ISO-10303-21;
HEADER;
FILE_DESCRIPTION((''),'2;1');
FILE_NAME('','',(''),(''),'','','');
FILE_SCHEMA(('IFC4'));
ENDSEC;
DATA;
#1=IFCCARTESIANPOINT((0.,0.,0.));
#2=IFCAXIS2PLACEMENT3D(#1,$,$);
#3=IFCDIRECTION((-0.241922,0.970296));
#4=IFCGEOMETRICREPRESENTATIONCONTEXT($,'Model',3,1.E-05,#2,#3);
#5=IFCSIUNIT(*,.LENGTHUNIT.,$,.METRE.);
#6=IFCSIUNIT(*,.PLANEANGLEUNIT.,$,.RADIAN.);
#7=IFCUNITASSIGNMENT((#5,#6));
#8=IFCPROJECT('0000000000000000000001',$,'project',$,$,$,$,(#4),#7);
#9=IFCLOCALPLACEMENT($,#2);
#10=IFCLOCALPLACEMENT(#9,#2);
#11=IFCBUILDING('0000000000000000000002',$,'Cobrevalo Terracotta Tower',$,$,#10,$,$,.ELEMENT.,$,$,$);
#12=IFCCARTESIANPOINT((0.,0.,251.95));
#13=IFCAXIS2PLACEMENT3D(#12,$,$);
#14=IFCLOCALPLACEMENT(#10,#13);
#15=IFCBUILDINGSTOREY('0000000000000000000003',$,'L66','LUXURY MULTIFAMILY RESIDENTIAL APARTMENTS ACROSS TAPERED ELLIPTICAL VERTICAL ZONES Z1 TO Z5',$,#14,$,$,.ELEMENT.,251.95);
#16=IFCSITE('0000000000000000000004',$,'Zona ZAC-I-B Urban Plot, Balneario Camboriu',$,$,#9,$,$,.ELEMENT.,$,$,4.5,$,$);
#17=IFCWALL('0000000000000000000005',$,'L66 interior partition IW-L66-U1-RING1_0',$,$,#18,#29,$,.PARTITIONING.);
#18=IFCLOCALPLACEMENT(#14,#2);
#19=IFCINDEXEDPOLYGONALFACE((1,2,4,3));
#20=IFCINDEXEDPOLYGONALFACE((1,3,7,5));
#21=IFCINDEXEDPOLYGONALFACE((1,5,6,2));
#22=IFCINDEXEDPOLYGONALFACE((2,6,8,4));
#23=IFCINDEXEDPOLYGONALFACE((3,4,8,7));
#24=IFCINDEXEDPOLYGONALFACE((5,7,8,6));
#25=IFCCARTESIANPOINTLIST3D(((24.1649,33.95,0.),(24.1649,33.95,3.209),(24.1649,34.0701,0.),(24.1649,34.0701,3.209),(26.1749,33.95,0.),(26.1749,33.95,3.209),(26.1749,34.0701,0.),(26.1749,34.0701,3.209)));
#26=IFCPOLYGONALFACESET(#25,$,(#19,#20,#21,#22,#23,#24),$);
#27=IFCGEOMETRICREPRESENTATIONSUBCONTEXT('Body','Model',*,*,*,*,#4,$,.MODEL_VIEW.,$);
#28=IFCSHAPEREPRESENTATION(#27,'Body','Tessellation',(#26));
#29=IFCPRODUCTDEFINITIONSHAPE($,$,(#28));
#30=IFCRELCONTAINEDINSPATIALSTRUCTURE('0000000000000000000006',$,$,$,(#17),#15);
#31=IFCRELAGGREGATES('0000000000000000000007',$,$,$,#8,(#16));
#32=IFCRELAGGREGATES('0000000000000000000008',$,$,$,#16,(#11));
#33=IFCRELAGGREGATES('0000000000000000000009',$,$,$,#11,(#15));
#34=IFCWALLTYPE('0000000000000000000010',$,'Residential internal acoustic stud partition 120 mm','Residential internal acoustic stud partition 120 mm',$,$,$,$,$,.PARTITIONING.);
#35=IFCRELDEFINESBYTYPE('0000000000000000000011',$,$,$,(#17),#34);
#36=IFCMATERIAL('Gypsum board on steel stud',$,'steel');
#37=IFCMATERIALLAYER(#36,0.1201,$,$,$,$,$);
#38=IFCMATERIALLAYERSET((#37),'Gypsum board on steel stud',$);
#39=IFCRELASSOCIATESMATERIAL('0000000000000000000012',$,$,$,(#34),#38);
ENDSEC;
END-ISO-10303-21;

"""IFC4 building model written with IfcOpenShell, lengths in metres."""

from ifc_helpers import new_model, si_unit, direction, frame, frame_2d, origin, place, context, subcontext, project, spatial, rectangle, extrude, material, layer, layer_set, type_object, element, save


model = new_model("IFC4")

# Units and contexts
model_context = context("Model", 3, precision=1e-05, world=origin(), true_north=direction((-0.241922, 0.970296)))
body_context = subcontext(model_context, "Body", "Model", "MODEL_VIEW")
ifc_project = project(units=[si_unit("LENGTHUNIT", "METRE"), si_unit("PLANEANGLEUNIT", "RADIAN")], contexts=[model_context])

# Site, building, storey
site_placement = place(None, origin())
site = spatial("IfcSite", under=ifc_project, at=site_placement, Name="Zona ZAC-I-B Urban Plot, Balneario Camboriu", CompositionType="ELEMENT", RefElevation=4.5)
building_placement = place(site_placement, origin())
building = spatial("IfcBuilding", under=site, at=building_placement, Name="Cobrevalo Terracotta Tower", CompositionType="ELEMENT")
storey_placement = place(building_placement, frame((0.0, 0.0, 251.95)))
storey = spatial("IfcBuildingStorey", under=building, at=storey_placement, Name="L66", Description="LUXURY MULTIFAMILY RESIDENTIAL APARTMENTS ACROSS TAPERED ELLIPTICAL VERTICAL ZONES Z1 TO Z5", CompositionType="ELEMENT", Elevation=251.95)

# Wall
ifc_material_1 = material(Name="Gypsum board on steel stud", Category="steel")
ifc_layer_1 = layer(ifc_material_1, 0.1201)
ifc_layer_set_1 = layer_set([ifc_layer_1], Name="Gypsum board on steel stud")
wall_type = type_object("IfcWallType", Name="Residential internal acoustic stud partition 120 mm", Description="Residential internal acoustic stud partition 120 mm", PredefinedType="PARTITIONING", material=ifc_layer_set_1)
wall_placement = place(storey_placement, frame((24.165, 34.01, 0.0), z_axis=(0.0, 0.0, 1.0), x_axis=(1.0, 0.0, 0.0)))
element("IfcWall", 1, at=wall_placement, inside=storey, type_object=wall_type, Name="L66 interior partition IW-L66-U1-RING1_0", PredefinedType="PARTITIONING", context=body_context, shape_type="SweptSolid", body=[
    extrude(rectangle(XDim=2.01, YDim=0.1201, at=frame_2d((1.0049, 0.0))), origin(), (0.0, 0.0, 1.0), 3.209),
])

save(model, "model.ifc")
